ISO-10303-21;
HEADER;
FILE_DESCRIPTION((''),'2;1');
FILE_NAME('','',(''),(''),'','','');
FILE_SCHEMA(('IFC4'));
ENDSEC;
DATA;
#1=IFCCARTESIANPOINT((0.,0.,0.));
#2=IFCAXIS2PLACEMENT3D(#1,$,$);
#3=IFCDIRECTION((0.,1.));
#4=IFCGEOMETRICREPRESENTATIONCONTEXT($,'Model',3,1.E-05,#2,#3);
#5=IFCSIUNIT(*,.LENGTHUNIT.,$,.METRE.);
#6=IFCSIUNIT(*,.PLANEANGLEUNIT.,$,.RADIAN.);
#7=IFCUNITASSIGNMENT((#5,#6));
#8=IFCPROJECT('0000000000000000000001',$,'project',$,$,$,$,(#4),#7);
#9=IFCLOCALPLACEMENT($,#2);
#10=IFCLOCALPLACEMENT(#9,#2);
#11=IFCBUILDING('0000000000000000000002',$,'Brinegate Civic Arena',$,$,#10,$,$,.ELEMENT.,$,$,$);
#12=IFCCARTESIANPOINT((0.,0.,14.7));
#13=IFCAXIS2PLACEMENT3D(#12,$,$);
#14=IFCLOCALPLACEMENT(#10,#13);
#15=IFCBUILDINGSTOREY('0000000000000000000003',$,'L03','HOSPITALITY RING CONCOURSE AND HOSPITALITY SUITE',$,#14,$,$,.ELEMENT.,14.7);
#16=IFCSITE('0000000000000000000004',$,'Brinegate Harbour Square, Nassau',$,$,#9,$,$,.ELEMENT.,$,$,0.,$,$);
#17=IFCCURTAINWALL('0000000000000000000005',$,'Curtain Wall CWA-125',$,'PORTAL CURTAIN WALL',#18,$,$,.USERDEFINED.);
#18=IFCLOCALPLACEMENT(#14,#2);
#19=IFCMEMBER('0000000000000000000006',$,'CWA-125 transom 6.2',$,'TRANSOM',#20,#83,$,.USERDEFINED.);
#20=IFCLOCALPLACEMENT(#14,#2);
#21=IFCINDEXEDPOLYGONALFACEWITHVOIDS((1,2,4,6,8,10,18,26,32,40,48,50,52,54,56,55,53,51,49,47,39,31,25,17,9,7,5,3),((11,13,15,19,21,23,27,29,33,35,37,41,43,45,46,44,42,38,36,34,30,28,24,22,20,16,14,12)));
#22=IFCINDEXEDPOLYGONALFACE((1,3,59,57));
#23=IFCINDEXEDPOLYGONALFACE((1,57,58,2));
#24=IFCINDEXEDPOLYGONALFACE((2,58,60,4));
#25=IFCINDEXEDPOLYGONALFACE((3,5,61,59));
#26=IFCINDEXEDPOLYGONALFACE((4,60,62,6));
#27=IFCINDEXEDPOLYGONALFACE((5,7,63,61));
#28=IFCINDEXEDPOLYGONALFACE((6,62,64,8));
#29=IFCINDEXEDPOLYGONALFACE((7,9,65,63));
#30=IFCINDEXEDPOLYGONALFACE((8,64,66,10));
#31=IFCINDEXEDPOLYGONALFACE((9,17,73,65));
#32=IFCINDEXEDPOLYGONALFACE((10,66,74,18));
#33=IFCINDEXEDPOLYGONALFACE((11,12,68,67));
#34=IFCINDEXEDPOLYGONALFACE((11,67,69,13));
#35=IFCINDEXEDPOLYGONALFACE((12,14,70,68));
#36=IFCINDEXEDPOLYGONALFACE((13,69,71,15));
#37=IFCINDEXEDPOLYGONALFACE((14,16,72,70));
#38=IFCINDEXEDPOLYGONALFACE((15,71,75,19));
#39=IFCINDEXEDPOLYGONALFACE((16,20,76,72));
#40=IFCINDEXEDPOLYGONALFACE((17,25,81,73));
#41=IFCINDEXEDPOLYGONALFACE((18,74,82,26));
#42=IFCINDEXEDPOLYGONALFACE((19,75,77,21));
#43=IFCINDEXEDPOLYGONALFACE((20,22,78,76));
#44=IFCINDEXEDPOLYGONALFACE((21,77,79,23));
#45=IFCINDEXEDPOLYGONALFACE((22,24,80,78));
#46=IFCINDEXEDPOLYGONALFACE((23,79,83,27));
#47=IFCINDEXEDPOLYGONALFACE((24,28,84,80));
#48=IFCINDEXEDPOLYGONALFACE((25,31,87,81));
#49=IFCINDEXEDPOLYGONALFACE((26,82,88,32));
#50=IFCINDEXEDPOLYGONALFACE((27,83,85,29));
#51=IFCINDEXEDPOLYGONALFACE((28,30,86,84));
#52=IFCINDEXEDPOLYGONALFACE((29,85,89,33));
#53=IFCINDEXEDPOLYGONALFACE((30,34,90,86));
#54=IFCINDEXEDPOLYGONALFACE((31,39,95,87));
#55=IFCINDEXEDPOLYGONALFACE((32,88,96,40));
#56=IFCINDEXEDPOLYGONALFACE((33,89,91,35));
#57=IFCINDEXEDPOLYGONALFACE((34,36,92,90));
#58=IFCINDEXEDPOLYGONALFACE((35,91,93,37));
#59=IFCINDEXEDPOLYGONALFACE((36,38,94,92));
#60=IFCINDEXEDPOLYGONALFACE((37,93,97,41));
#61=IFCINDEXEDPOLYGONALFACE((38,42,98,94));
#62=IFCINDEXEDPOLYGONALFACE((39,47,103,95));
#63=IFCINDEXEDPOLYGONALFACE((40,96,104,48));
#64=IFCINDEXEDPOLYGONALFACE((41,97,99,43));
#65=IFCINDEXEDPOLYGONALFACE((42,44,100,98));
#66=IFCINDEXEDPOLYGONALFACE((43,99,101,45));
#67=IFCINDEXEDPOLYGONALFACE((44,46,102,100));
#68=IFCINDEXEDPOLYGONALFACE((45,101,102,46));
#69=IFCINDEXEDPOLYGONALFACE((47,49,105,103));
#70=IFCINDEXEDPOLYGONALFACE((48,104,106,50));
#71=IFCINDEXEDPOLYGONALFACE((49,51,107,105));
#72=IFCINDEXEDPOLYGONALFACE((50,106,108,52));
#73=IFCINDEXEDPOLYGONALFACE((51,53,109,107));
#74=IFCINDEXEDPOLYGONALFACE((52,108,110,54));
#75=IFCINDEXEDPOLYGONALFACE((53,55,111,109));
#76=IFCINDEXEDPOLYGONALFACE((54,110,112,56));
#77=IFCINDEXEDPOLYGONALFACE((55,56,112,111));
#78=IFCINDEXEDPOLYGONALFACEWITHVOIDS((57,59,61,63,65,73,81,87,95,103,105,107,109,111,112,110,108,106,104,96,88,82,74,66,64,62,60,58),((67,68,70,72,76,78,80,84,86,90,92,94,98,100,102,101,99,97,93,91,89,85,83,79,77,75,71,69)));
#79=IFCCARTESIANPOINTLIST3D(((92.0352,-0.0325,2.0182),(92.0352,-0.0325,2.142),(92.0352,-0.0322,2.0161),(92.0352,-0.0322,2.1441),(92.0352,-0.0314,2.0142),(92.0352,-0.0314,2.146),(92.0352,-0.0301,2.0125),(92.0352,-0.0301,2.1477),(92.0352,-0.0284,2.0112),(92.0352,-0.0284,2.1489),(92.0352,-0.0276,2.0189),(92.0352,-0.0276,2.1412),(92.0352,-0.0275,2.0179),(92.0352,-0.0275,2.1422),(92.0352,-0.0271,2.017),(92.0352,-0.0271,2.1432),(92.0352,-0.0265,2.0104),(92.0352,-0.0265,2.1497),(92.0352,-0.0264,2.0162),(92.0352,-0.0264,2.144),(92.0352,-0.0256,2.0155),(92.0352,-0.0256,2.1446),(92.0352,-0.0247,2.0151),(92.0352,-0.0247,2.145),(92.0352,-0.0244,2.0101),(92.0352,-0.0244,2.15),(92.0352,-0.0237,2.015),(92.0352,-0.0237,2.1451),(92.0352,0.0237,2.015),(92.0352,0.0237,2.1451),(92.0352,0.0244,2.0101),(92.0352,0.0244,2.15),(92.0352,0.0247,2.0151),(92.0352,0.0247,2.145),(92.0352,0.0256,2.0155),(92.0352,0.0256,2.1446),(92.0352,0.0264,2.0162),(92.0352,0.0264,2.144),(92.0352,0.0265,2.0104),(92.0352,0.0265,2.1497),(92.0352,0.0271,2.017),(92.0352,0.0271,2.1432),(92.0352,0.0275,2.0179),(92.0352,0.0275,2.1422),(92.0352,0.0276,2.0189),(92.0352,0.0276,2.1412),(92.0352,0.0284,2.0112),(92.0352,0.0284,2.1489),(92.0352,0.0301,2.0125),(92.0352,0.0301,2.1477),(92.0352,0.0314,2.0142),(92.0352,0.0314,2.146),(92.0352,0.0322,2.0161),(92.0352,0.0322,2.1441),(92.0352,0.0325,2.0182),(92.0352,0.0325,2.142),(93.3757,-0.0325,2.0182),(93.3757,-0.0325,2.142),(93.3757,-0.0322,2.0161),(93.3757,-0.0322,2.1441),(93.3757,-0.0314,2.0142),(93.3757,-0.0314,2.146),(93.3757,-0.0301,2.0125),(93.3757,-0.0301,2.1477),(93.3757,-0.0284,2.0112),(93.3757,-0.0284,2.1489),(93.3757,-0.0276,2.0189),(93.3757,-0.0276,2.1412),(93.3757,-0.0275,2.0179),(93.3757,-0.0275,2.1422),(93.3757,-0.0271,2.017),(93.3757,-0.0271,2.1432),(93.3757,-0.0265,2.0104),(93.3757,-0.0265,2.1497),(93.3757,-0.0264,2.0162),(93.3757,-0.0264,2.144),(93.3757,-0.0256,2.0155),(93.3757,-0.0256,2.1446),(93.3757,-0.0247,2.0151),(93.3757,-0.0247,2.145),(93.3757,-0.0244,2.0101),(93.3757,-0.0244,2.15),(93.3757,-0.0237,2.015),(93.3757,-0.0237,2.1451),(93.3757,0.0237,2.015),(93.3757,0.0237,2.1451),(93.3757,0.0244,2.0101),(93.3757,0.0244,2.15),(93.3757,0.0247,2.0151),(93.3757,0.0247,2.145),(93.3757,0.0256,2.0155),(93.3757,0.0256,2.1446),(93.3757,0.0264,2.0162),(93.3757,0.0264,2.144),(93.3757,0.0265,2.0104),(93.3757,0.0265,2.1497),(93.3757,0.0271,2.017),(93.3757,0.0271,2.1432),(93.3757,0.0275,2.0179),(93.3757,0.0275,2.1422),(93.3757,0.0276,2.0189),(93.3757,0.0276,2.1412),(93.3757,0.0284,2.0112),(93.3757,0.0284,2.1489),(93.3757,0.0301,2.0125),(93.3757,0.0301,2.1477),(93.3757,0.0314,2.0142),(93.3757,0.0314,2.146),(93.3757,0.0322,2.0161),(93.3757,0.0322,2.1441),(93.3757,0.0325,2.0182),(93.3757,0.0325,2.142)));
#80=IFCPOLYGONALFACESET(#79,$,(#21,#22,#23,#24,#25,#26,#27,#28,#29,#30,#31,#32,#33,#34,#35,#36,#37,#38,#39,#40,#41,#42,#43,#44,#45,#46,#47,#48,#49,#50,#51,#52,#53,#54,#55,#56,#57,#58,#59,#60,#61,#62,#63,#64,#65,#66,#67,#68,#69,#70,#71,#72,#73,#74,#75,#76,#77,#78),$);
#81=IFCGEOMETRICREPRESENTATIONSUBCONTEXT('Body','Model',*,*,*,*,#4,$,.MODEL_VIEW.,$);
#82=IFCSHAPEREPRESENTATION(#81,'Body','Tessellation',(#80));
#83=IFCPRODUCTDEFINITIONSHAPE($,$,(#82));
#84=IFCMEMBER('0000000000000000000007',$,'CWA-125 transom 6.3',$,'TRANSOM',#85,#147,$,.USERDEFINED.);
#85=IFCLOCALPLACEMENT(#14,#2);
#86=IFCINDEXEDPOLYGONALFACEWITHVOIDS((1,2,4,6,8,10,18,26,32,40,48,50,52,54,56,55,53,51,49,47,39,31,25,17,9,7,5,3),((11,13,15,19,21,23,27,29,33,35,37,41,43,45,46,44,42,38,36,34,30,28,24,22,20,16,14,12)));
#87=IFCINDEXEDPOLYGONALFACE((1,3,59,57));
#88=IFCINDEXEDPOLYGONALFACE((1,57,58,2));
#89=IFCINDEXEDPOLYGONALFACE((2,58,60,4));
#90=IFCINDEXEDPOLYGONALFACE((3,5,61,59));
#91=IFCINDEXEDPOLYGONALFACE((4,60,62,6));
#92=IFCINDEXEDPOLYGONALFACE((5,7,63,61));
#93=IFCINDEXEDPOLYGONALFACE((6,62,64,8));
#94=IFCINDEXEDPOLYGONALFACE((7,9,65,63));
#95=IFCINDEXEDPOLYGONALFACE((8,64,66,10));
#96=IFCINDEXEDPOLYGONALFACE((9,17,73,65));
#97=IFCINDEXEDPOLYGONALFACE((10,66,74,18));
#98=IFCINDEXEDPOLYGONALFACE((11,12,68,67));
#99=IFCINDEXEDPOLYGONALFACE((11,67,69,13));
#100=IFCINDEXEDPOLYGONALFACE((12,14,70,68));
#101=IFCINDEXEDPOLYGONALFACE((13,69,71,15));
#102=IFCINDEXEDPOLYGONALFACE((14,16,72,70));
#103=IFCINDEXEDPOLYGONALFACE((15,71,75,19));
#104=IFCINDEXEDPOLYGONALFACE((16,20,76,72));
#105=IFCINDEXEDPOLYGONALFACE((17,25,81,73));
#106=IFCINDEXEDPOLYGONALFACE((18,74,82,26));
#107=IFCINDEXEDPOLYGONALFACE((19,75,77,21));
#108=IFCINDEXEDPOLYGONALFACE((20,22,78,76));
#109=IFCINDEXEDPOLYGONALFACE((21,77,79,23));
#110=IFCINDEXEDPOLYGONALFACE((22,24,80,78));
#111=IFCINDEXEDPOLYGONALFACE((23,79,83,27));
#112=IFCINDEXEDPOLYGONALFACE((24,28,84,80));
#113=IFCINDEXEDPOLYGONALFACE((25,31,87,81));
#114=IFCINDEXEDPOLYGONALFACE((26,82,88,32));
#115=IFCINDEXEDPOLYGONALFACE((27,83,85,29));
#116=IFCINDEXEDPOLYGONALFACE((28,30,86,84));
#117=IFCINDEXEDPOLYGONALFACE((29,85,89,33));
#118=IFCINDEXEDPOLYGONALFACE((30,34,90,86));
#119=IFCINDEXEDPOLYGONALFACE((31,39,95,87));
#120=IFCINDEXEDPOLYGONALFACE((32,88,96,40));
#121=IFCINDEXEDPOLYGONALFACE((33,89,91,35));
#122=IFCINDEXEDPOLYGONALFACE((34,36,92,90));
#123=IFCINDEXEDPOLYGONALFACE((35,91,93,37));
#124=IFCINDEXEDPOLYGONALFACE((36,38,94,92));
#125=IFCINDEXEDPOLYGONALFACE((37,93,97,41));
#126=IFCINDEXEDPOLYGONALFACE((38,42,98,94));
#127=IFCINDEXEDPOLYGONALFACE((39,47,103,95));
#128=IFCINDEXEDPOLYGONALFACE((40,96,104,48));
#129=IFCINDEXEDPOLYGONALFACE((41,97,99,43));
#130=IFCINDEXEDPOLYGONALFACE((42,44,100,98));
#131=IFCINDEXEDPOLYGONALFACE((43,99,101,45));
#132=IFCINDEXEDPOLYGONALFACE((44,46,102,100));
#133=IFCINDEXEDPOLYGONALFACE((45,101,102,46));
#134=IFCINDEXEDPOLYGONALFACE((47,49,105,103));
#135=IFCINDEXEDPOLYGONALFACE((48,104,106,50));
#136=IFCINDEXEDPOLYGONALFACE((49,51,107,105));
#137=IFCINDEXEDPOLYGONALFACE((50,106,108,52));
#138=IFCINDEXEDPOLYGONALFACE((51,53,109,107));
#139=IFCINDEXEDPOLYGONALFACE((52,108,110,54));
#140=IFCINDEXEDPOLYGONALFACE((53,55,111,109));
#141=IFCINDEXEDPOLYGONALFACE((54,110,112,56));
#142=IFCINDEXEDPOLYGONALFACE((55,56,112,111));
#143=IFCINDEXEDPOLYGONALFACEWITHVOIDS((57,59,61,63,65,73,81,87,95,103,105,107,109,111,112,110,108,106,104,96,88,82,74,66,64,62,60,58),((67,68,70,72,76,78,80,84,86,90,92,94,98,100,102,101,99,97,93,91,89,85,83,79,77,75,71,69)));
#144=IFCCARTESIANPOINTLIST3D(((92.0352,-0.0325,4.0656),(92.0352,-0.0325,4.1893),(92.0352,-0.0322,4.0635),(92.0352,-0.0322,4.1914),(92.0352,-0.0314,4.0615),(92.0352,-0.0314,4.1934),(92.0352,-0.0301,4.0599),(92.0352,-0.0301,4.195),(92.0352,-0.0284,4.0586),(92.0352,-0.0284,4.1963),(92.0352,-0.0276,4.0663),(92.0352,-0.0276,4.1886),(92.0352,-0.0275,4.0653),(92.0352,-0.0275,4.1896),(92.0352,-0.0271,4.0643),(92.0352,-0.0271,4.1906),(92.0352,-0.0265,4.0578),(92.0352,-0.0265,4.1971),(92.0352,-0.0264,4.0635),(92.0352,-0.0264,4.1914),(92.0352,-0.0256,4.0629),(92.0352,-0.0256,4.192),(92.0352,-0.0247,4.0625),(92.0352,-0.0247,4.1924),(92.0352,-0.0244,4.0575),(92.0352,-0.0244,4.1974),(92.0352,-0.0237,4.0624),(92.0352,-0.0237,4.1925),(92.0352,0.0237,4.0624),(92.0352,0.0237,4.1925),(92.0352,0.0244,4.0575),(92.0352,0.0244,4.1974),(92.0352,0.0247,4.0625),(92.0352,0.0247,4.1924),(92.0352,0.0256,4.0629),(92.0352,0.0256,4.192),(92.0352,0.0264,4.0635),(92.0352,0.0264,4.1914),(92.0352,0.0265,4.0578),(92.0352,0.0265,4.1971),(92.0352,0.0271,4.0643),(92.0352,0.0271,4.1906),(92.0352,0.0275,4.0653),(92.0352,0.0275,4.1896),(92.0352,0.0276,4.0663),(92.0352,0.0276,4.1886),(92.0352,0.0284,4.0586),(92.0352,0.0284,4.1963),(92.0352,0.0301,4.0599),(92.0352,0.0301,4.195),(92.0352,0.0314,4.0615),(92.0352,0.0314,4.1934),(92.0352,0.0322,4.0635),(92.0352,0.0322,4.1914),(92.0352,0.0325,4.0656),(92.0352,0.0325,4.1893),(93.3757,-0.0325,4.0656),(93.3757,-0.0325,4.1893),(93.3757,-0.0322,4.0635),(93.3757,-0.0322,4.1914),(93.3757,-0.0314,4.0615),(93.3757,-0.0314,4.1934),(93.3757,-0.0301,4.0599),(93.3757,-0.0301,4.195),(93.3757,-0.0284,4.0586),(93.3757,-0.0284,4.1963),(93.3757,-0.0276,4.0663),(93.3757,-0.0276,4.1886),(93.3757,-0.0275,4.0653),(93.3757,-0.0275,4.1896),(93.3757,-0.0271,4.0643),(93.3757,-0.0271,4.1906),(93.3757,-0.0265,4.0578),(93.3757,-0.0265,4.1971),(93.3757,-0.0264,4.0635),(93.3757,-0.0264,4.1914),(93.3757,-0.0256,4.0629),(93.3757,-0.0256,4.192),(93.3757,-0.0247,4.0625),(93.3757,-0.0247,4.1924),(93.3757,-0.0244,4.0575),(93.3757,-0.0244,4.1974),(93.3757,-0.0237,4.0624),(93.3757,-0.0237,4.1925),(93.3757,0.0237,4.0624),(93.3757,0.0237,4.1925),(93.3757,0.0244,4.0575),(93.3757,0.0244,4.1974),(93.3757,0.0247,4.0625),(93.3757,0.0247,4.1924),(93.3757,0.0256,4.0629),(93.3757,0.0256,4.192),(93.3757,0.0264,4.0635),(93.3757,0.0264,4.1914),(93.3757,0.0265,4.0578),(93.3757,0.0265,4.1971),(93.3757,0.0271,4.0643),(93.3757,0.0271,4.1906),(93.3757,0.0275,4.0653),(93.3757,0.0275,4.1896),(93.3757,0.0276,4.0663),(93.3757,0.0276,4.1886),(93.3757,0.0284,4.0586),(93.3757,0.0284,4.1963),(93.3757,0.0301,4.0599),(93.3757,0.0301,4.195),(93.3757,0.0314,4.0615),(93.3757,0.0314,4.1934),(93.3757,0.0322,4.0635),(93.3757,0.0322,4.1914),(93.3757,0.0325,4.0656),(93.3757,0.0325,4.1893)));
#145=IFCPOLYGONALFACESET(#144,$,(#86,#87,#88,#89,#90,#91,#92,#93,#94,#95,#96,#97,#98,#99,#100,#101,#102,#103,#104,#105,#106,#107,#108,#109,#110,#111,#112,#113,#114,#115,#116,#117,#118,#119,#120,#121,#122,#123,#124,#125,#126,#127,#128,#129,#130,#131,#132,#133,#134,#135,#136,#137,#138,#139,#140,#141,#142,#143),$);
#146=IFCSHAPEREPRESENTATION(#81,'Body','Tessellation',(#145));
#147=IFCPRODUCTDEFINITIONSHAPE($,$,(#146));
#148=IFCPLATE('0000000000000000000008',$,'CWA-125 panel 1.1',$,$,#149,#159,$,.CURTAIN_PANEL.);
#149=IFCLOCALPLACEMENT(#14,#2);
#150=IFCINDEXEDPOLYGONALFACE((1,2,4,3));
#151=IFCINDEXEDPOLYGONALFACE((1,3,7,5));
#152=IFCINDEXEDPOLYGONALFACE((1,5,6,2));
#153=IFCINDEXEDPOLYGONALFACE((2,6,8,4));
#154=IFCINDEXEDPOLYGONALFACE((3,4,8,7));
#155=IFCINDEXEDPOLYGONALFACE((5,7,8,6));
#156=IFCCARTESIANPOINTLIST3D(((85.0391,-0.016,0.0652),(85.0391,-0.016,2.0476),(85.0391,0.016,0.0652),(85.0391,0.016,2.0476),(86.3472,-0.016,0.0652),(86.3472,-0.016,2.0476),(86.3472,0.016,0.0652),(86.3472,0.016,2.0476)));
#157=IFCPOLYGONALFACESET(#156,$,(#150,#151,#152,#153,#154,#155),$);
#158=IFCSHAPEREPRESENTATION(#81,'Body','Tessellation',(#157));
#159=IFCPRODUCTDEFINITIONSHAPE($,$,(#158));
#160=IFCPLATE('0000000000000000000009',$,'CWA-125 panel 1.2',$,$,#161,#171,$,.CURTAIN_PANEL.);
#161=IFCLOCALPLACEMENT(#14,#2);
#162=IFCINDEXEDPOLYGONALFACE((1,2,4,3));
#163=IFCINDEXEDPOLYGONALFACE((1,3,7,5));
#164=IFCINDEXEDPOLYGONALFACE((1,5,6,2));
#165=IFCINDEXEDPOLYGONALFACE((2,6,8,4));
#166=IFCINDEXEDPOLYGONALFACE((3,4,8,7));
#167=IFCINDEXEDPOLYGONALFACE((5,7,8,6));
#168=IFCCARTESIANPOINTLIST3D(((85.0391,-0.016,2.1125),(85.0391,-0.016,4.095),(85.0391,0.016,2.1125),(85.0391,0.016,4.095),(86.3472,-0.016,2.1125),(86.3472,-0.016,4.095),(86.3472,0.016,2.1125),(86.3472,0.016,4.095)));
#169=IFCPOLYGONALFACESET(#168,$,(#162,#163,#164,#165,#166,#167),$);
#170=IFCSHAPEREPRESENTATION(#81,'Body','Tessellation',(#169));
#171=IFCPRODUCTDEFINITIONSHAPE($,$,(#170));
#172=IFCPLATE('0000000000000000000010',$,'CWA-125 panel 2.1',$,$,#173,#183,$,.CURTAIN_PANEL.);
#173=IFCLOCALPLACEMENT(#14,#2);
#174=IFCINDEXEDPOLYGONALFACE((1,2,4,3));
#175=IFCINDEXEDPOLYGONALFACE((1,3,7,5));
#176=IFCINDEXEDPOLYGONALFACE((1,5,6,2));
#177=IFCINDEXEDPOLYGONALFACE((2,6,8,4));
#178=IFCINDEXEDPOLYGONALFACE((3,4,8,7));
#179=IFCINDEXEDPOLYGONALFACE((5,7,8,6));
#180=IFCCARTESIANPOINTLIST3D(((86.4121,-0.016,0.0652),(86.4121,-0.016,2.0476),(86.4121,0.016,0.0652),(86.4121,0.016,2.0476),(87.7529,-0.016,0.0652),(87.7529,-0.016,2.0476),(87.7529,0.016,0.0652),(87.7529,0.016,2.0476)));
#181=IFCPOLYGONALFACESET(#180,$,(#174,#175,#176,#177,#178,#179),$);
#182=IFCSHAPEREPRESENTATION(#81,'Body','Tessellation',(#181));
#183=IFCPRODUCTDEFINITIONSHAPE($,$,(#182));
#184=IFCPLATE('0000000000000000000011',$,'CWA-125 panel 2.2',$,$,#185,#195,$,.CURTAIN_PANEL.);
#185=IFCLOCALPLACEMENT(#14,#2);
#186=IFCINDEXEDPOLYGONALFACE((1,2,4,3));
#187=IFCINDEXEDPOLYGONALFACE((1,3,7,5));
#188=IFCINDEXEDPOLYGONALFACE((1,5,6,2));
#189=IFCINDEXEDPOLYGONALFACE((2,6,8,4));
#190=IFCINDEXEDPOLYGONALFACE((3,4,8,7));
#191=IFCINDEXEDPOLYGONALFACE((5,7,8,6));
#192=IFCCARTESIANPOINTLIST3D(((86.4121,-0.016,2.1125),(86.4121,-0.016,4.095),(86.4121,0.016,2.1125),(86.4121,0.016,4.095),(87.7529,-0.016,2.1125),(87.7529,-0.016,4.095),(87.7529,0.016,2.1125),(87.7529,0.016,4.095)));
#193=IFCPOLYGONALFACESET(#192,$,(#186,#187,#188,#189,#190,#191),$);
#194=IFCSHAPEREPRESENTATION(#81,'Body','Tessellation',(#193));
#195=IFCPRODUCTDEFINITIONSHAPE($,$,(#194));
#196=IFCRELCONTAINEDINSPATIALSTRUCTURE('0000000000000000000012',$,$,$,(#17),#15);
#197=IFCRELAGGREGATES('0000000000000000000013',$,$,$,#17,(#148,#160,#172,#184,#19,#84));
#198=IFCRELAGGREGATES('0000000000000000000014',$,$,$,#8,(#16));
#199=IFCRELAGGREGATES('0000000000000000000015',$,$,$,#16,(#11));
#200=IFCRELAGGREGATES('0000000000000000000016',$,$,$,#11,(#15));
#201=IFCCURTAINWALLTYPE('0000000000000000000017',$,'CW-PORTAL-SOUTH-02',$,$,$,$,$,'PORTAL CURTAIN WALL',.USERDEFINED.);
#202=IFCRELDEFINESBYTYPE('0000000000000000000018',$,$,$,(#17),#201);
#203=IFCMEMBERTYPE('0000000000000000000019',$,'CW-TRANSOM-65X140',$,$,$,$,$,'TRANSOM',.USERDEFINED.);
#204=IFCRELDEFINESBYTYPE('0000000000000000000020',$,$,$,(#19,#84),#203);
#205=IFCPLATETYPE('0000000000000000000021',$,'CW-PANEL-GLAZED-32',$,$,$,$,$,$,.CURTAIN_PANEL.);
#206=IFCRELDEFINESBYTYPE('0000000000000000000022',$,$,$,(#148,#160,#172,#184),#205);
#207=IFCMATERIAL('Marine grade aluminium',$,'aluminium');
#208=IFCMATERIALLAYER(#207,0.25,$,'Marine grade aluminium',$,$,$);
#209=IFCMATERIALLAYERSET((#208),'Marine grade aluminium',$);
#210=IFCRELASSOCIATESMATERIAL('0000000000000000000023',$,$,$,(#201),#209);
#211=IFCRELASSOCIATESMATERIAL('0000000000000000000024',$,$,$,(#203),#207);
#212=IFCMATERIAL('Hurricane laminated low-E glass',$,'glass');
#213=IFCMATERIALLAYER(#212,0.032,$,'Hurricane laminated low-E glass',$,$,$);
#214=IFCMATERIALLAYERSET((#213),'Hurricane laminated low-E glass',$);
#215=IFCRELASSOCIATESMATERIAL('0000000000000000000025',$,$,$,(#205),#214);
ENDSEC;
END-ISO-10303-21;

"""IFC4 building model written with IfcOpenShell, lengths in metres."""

from ifc_helpers import new_model, si_unit, direction, frame, origin, origin_2d, place, context, subcontext, project, spatial, rectangle, hollow_rectangle, extrude, material, layer, layer_set, material_profile, profile_set, type_object, element, aggregate, save


model = new_model("IFC4")

# Units and contexts
model_context = context("Model", 3, precision=1e-05, world=origin(), true_north=direction((0.0, 1.0)))
body_context = subcontext(model_context, "Body", "Model", "MODEL_VIEW")
ifc_project = project(units=[si_unit("LENGTHUNIT", "METRE"), si_unit("PLANEANGLEUNIT", "RADIAN")], contexts=[model_context])

# Site, building, storey
site_placement = place(None, origin())
site = spatial("IfcSite", under=ifc_project, at=site_placement, Name="Brinegate Harbour Square, Nassau", CompositionType="ELEMENT", RefElevation=0.0)
building_placement = place(site_placement, origin())
building = spatial("IfcBuilding", under=site, at=building_placement, Name="Brinegate Civic Arena", CompositionType="ELEMENT")
storey_placement = place(building_placement, frame((0.0, 0.0, 14.7)))
storey = spatial("IfcBuildingStorey", under=building, at=storey_placement, Name="L03", Description="HOSPITALITY RING CONCOURSE AND HOSPITALITY SUITE", CompositionType="ELEMENT", Elevation=14.7)

# Curtain wall, members, plates
ifc_material_1 = material(Name="Marine grade aluminium", Category="aluminium")
ifc_layer_1 = layer(ifc_material_1, 0.25, Name="Marine grade aluminium")
ifc_layer_set_1 = layer_set([ifc_layer_1], Name="Marine grade aluminium")
curtain_wall_type = type_object("IfcCurtainWallType", Name="CW-PORTAL-SOUTH-02", ElementType="PORTAL CURTAIN WALL", PredefinedType="USERDEFINED", material=ifc_layer_set_1)
curtain_wall_placement = place(storey_placement, origin())
curtain_wall = element("IfcCurtainWall", 1, at=curtain_wall_placement, inside=storey, type_object=curtain_wall_type, Name="Curtain Wall CWA-125", ObjectType="PORTAL CURTAIN WALL", PredefinedType="USERDEFINED")
ifc_material_profile_1 = material_profile(ifc_material_1, hollow_rectangle(XDim=0.0649, YDim=0.1399, WallThickness=0.0049, InnerFilletRadius=0.0039, OuterFilletRadius=0.0081, at=origin_2d()), Name="TRN65X140")
ifc_profile_set_1 = profile_set([ifc_material_profile_1], Name="Marine grade aluminium")
member_type_1 = type_object("IfcMemberType", Name="CW-TRANSOM-65X140", ElementType="TRANSOM", PredefinedType="USERDEFINED", material=ifc_profile_set_1)
member_1_placement = place(storey_placement, frame((92.0352, 0.0, 2.0801), z_axis=(1.0, 0.0, 0.0), x_axis=(0.0, 1.0, 0.0)))
member_1 = element("IfcMember", 2, at=member_1_placement, type_object=member_type_1, Name="CWA-125 transom 6.2", ObjectType="TRANSOM", PredefinedType="USERDEFINED", context=body_context, shape_type="SweptSolid", body=[
    extrude(hollow_rectangle(XDim=0.0649, YDim=0.1399, WallThickness=0.0049, InnerFilletRadius=0.0039, OuterFilletRadius=0.0081, at=origin_2d()), origin(), (0.0, 0.0, 1.0), 1.3406),
])
member_2_placement = place(storey_placement, frame((92.0352, 0.0, 4.1274), z_axis=(1.0, 0.0, 0.0), x_axis=(0.0, 1.0, 0.0)))
member_2 = element("IfcMember", 3, at=member_2_placement, type_object=member_type_1, Name="CWA-125 transom 6.3", ObjectType="TRANSOM", PredefinedType="USERDEFINED", context=body_context, shape_type="SweptSolid", body=[
    extrude(hollow_rectangle(XDim=0.0649, YDim=0.1399, WallThickness=0.0049, InnerFilletRadius=0.0039, OuterFilletRadius=0.0081, at=origin_2d()), origin(), (0.0, 0.0, 1.0), 1.3406),
])
ifc_material_2 = material(Name="Hurricane laminated low-E glass", Category="glass")
ifc_layer_2 = layer(ifc_material_2, 0.032, Name="Hurricane laminated low-E glass")
ifc_layer_set_2 = layer_set([ifc_layer_2], Name="Hurricane laminated low-E glass")
plate_type = type_object("IfcPlateType", Name="CW-PANEL-GLAZED-32", PredefinedType="CURTAIN_PANEL", material=ifc_layer_set_2)
plate_1_placement = place(storey_placement, frame((85.6931, 0.0, 0.0652), z_axis=(0.0, 0.0, 1.0), x_axis=(1.0, 0.0, 0.0)))
plate_1 = element("IfcPlate", 4, at=plate_1_placement, type_object=plate_type, Name="CWA-125 panel 1.1", PredefinedType="CURTAIN_PANEL", context=body_context, shape_type="SweptSolid", body=[
    extrude(rectangle(XDim=1.3081, YDim=0.032, at=origin_2d()), origin(), (0.0, 0.0, 1.0), 1.9824),
])
plate_2_placement = place(storey_placement, frame((85.6931, 0.0, 2.1125), z_axis=(0.0, 0.0, 1.0), x_axis=(1.0, 0.0, 0.0)))
plate_2 = element("IfcPlate", 5, at=plate_2_placement, type_object=plate_type, Name="CWA-125 panel 1.2", PredefinedType="CURTAIN_PANEL", context=body_context, shape_type="SweptSolid", body=[
    extrude(rectangle(XDim=1.3081, YDim=0.032, at=origin_2d()), origin(), (0.0, 0.0, 1.0), 1.9824),
])
plate_3_placement = place(storey_placement, frame((87.0825, 0.0, 0.0652), z_axis=(0.0, 0.0, 1.0), x_axis=(1.0, 0.0, 0.0)))
plate_3 = element("IfcPlate", 6, at=plate_3_placement, type_object=plate_type, Name="CWA-125 panel 2.1", PredefinedType="CURTAIN_PANEL", context=body_context, shape_type="SweptSolid", body=[
    extrude(rectangle(XDim=1.3408, YDim=0.032, at=origin_2d()), origin(), (0.0, 0.0, 1.0), 1.9824),
])
plate_4_placement = place(storey_placement, frame((87.0825, 0.0, 2.1125), z_axis=(0.0, 0.0, 1.0), x_axis=(1.0, 0.0, 0.0)))
plate_4 = element("IfcPlate", 7, at=plate_4_placement, type_object=plate_type, Name="CWA-125 panel 2.2", PredefinedType="CURTAIN_PANEL", context=body_context, shape_type="SweptSolid", body=[
    extrude(rectangle(XDim=1.3408, YDim=0.032, at=origin_2d()), origin(), (0.0, 0.0, 1.0), 1.9824),
])
aggregate(curtain_wall, [plate_1, plate_2, plate_3, plate_4, member_1, member_2])

save(model, "model.ifc")
